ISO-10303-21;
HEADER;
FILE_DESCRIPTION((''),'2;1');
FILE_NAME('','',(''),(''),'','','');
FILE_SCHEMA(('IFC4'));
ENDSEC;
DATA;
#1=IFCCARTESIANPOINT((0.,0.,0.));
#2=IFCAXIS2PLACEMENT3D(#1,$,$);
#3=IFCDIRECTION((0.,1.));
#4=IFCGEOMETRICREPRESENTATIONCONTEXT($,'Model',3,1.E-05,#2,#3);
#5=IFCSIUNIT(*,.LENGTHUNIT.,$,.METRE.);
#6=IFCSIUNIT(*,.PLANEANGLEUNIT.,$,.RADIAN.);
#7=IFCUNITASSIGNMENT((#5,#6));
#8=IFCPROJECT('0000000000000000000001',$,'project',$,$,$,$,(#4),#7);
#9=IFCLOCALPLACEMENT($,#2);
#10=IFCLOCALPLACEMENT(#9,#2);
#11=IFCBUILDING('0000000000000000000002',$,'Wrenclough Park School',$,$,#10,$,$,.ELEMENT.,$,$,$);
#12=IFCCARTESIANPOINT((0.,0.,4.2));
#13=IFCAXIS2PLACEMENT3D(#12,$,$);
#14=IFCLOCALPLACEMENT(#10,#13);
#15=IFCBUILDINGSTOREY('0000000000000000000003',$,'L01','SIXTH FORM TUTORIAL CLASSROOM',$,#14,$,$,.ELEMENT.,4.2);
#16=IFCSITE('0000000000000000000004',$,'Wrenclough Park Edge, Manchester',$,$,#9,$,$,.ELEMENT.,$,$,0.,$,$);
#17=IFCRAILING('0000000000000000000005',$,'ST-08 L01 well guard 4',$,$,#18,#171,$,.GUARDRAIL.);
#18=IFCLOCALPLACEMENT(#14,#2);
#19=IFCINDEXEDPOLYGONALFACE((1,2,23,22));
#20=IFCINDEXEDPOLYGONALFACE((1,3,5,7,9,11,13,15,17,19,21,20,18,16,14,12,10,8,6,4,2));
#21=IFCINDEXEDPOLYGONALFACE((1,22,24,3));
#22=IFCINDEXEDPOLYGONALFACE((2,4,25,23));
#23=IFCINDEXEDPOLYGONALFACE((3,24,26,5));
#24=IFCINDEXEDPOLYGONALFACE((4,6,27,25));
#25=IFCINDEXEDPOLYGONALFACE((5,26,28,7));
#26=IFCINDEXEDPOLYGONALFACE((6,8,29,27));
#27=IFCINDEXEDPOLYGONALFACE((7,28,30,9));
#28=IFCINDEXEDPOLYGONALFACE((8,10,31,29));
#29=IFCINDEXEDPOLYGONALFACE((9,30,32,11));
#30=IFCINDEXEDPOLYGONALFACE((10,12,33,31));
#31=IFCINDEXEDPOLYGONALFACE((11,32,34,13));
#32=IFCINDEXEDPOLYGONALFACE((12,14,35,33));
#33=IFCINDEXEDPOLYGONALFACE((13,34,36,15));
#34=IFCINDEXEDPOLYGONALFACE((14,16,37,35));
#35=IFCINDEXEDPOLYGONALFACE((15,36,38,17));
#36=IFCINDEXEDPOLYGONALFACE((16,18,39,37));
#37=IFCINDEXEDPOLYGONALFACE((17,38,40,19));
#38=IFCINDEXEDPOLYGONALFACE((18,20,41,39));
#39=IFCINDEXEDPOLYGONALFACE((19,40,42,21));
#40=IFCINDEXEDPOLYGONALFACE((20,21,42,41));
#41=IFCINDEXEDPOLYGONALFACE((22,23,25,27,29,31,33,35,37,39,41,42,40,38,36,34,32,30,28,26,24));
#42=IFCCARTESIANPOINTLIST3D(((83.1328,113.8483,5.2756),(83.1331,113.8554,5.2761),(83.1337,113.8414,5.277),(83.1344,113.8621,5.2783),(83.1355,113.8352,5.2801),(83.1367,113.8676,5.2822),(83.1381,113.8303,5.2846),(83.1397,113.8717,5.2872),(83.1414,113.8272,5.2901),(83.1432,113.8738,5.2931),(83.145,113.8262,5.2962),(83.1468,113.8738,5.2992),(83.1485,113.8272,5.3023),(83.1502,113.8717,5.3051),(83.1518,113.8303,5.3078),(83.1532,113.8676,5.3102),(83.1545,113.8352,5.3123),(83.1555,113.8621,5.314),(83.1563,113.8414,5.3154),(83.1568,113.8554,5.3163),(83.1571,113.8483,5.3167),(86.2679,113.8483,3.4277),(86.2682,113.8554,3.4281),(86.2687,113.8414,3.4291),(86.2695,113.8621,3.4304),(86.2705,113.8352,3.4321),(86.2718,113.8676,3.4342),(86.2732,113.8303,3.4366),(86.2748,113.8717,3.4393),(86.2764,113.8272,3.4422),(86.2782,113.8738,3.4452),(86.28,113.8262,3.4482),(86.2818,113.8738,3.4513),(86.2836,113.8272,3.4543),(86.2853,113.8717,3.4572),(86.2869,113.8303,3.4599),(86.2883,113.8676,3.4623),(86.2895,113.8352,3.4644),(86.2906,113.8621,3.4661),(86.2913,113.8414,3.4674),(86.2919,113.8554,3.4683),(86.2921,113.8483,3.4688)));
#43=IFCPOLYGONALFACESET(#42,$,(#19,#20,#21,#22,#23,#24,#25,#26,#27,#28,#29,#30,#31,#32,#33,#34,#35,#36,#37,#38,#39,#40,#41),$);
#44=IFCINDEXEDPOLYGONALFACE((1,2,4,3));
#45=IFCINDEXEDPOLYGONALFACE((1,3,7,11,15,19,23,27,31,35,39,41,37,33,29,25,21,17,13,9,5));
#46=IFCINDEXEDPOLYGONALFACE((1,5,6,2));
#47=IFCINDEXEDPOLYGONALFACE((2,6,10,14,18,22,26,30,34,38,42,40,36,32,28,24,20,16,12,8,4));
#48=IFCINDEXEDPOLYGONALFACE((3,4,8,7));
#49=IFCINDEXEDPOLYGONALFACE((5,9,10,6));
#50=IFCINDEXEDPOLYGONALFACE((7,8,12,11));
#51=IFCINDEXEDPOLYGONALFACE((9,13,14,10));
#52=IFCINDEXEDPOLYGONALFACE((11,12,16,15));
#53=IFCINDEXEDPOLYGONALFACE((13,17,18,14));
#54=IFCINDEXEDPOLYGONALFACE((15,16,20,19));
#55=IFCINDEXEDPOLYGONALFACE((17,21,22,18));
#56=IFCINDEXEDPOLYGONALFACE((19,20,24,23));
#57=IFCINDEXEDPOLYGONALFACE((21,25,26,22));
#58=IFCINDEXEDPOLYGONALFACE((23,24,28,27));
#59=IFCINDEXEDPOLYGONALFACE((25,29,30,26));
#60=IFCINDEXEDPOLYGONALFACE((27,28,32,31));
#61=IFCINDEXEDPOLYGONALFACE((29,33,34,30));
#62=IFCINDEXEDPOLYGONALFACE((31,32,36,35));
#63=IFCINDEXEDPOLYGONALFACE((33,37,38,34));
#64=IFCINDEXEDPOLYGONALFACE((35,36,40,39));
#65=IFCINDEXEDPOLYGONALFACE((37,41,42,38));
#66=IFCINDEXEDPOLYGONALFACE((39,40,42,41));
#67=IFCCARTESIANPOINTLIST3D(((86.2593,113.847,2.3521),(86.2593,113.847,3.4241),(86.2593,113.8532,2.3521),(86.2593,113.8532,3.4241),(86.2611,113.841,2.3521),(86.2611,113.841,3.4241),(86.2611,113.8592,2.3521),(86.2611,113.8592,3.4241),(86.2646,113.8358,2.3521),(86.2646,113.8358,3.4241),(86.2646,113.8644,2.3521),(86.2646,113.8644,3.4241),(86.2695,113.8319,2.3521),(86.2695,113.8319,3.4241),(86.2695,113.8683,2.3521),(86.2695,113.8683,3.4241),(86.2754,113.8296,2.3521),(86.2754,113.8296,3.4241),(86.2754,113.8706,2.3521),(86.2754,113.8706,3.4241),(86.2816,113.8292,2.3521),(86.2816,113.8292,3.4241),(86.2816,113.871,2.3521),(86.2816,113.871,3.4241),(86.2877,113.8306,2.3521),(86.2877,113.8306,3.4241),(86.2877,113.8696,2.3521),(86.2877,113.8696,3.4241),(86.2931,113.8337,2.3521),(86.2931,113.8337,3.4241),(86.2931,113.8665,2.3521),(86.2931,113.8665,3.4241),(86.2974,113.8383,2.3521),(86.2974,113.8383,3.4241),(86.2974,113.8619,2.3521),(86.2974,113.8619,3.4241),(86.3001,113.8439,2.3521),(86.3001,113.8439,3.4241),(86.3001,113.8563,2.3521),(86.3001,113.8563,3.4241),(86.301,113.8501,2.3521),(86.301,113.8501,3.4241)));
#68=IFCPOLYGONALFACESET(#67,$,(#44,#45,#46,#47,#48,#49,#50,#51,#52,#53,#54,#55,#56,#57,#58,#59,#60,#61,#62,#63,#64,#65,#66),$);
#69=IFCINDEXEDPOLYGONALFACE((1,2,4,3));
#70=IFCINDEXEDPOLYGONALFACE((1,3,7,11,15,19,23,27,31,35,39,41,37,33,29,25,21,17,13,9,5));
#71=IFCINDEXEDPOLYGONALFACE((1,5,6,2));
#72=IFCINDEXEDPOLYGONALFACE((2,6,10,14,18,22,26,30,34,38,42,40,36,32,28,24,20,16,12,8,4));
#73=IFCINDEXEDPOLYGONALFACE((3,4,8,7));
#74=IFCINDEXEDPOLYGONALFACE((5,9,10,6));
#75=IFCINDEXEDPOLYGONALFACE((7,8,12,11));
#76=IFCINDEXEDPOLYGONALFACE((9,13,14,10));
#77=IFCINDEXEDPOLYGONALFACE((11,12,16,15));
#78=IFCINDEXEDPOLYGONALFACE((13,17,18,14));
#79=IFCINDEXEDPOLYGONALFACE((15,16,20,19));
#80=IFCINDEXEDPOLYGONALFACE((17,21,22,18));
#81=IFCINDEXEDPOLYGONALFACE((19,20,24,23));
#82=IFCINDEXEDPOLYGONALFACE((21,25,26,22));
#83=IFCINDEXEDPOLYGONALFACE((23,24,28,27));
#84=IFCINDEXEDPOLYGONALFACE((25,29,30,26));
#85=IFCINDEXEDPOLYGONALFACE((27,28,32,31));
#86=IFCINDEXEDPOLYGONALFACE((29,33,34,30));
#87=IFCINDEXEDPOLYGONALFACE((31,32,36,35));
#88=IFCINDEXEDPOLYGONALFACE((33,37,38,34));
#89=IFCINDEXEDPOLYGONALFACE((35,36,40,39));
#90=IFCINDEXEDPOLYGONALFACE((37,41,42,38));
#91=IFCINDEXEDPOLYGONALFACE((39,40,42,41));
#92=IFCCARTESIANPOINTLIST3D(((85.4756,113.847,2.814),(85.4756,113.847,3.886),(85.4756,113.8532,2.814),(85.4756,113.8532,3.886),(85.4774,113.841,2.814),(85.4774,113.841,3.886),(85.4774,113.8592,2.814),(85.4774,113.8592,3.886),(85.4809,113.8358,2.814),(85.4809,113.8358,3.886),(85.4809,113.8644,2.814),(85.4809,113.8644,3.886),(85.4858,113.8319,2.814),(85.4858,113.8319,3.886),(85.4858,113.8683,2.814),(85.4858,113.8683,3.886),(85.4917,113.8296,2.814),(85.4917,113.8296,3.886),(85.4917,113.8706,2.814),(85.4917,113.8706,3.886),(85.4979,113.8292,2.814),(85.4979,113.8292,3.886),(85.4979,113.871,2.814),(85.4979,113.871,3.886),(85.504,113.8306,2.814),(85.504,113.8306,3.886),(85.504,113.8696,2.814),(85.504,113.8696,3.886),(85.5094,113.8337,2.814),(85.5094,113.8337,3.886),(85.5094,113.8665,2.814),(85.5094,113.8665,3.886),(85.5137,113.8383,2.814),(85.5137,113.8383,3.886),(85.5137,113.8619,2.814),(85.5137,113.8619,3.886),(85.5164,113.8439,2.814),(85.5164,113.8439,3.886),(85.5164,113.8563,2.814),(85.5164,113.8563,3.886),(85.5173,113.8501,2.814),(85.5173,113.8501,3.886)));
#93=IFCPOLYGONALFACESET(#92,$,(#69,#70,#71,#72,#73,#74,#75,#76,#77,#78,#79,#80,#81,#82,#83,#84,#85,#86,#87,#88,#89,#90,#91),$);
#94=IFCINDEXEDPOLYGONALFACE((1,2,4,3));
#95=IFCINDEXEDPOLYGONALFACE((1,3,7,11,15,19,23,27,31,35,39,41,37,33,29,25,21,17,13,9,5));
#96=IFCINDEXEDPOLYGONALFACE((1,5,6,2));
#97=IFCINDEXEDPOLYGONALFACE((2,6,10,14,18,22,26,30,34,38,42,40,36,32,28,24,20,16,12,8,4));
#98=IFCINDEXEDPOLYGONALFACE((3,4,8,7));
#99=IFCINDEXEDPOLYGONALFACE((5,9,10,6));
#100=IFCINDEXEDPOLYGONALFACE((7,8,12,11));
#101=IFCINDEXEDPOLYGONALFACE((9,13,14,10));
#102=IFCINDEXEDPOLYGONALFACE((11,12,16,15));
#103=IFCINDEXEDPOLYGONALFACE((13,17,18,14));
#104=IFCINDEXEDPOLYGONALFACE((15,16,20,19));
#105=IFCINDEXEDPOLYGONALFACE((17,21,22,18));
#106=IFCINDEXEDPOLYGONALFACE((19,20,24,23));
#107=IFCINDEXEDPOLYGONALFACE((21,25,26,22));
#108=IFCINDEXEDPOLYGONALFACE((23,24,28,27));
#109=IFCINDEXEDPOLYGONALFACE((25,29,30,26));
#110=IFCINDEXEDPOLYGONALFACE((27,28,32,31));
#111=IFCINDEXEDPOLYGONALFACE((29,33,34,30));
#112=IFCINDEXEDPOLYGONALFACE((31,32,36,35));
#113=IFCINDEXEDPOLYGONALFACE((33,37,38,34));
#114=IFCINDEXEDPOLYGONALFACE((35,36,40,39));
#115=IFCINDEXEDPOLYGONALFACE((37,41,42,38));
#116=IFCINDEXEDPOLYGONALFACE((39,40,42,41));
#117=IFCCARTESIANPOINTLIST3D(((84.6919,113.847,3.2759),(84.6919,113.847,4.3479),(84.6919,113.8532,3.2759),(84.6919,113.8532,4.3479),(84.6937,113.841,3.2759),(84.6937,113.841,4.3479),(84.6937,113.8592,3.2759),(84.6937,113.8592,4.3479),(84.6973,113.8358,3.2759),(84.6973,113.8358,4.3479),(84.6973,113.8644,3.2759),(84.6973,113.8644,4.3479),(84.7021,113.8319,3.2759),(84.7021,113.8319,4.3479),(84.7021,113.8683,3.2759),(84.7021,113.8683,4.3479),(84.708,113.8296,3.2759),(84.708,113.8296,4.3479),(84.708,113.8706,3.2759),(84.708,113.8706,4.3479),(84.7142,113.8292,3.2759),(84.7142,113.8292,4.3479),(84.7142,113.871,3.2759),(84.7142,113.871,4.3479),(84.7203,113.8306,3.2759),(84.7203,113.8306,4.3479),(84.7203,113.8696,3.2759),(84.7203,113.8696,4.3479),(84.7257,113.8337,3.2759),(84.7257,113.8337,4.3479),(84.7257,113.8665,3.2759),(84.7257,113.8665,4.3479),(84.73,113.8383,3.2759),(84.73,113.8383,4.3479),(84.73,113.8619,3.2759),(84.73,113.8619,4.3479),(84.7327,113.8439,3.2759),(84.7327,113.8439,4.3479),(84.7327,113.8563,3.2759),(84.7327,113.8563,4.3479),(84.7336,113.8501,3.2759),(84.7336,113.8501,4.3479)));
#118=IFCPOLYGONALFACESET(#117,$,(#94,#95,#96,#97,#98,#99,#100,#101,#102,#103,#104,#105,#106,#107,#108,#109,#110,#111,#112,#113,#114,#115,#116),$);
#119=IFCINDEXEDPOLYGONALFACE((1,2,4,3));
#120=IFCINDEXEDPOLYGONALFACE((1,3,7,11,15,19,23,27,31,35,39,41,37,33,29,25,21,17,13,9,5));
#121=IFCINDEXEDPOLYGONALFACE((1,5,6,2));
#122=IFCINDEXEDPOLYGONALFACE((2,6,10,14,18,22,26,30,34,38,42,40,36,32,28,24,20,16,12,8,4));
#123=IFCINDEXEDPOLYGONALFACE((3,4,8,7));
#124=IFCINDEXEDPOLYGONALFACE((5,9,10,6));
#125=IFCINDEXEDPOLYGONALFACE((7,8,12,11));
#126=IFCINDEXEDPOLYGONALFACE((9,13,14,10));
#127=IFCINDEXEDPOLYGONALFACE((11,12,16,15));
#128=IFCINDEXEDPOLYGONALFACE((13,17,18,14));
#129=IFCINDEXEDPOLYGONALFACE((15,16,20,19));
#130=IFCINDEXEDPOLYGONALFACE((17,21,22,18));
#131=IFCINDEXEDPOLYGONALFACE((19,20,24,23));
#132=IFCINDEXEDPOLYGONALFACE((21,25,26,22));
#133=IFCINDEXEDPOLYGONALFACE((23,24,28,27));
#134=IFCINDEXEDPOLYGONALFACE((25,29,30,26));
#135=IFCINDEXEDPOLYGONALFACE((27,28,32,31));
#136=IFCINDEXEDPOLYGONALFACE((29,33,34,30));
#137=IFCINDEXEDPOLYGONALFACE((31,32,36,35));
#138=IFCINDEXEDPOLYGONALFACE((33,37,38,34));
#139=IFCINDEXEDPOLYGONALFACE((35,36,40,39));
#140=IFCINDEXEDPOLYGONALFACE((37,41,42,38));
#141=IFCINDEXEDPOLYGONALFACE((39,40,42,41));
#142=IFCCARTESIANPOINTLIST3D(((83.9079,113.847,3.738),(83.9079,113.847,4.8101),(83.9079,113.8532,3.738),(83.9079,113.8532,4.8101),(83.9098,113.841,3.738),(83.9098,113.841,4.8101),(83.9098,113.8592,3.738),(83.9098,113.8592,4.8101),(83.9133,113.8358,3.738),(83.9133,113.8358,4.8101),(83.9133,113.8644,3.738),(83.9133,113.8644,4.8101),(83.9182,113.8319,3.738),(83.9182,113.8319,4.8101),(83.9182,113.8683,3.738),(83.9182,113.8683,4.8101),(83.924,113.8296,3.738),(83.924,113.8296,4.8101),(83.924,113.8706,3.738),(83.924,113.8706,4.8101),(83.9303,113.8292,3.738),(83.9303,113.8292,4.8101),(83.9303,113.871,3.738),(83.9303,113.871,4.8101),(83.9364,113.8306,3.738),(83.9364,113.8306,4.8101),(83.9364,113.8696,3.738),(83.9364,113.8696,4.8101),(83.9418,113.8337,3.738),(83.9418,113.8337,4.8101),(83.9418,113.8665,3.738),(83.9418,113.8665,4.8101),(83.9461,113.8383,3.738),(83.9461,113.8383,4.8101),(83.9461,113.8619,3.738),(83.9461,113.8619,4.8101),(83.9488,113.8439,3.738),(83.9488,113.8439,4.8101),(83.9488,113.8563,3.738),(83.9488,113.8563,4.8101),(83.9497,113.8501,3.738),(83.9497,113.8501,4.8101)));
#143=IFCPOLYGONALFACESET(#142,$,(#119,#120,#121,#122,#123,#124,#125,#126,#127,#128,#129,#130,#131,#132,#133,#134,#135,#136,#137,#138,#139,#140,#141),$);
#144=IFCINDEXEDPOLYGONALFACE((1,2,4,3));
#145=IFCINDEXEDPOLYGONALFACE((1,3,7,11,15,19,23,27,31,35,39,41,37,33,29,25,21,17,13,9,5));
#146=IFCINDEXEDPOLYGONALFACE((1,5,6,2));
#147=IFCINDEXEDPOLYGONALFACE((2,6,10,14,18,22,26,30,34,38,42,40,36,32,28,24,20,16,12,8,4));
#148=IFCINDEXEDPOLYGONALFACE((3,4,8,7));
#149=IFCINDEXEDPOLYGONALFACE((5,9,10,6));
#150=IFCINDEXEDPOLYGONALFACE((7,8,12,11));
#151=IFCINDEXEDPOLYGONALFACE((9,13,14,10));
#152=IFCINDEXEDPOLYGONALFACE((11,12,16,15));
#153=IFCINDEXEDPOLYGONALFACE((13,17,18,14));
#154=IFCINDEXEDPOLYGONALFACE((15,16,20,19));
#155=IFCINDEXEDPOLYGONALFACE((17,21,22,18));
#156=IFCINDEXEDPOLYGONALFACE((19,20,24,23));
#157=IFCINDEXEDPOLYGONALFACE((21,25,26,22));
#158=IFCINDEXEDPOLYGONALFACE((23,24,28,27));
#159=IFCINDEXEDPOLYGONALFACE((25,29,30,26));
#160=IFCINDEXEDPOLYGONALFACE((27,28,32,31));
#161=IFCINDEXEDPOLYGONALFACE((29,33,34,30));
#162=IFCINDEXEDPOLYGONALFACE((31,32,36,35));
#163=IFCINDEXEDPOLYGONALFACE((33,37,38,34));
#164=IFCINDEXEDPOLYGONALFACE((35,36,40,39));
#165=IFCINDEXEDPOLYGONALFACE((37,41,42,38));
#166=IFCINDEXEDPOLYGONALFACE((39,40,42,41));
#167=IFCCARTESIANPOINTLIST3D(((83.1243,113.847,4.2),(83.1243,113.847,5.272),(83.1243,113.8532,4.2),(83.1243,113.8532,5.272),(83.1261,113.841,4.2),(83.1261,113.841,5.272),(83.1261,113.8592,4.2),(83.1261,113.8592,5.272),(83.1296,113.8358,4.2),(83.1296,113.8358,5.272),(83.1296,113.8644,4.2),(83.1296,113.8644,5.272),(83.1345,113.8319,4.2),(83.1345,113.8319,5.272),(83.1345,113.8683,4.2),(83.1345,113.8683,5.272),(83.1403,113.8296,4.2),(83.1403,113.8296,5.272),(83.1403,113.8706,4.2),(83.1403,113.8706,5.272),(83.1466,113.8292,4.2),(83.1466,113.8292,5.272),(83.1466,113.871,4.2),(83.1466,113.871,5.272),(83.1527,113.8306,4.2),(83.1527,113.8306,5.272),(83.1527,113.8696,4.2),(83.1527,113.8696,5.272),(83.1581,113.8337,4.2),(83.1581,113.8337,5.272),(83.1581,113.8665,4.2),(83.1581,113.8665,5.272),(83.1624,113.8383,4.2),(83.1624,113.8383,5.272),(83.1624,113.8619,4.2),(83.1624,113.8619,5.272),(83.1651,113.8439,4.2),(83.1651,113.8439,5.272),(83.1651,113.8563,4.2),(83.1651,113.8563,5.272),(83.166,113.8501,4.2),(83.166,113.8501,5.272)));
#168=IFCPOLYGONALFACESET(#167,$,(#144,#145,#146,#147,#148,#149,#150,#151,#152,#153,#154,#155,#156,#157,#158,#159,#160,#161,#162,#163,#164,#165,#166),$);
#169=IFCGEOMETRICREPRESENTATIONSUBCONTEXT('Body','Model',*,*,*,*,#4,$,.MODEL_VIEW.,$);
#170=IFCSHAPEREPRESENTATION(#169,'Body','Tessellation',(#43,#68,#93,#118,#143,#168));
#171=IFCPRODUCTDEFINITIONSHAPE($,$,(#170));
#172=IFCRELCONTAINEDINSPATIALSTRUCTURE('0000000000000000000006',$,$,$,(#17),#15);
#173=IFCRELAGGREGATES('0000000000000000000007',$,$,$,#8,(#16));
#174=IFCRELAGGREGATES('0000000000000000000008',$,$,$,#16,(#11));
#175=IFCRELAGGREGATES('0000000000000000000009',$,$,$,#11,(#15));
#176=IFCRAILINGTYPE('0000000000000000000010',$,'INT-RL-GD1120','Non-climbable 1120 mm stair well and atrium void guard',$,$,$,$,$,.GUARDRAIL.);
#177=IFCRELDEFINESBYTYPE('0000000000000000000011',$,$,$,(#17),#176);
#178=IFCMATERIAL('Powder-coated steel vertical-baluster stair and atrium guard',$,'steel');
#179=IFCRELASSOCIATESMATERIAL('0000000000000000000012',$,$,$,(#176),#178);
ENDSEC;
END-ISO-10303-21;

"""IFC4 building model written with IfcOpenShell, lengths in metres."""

from ifc_helpers import new_model, si_unit, direction, frame, origin, origin_2d, place, context, subcontext, project, spatial, circle, extrude, material, type_object, element, save


model = new_model("IFC4")

# Units and contexts
model_context = context("Model", 3, precision=1e-05, world=origin(), true_north=direction((0.0, 1.0)))
body_context = subcontext(model_context, "Body", "Model", "MODEL_VIEW")
ifc_project = project(units=[si_unit("LENGTHUNIT", "METRE"), si_unit("PLANEANGLEUNIT", "RADIAN")], contexts=[model_context])

# Site, building, storey
site_placement = place(None, origin())
site = spatial("IfcSite", under=ifc_project, at=site_placement, Name="Wrenclough Park Edge, Manchester", CompositionType="ELEMENT", RefElevation=0.0)
building_placement = place(site_placement, origin())
building = spatial("IfcBuilding", under=site, at=building_placement, Name="Wrenclough Park School", CompositionType="ELEMENT")
storey_placement = place(building_placement, frame((0.0, 0.0, 4.2)))
storey = spatial("IfcBuildingStorey", under=building, at=storey_placement, Name="L01", Description="SIXTH FORM TUTORIAL CLASSROOM", CompositionType="ELEMENT", Elevation=4.2)

# Railing
ifc_material_1 = material(Name="Powder-coated steel vertical-baluster stair and atrium guard", Category="steel")
railing_type_1 = type_object("IfcRailingType", Name="INT-RL-GD1120", Description="Non-climbable 1120 mm stair well and atrium void guard", PredefinedType="GUARDRAIL", material=ifc_material_1)
railing_1_placement = place(storey_placement, frame((86.28, 113.8501, 2.3521)))
element("IfcRailing", 1, at=railing_1_placement, inside=storey, type_object=railing_type_1, Name="ST-08 L01 well guard 4", PredefinedType="GUARDRAIL", context=body_context, shape_type="SweptSolid", body=[
    extrude(circle(Radius=0.0239, at=origin_2d()), frame((0.0, 0.0, 1.0962), z_axis=(-0.86148, 0.0, 0.507791), x_axis=(0.0, -1.0, 0.0)), (0.0, 0.0, 1.0), 3.6392),
    extrude(circle(Radius=0.021, at=origin_2d()), origin(), (0.0, 0.0, 1.0), 1.072),
    extrude(circle(Radius=0.021, at=origin_2d()), frame((-0.7837, 0.0, 0.4619)), (0.0, 0.0, 1.0), 1.072),
    extrude(circle(Radius=0.021, at=origin_2d()), frame((-1.5674, 0.0, 0.9238)), (0.0, 0.0, 1.0), 1.072),
    extrude(circle(Radius=0.021, at=origin_2d()), frame((-2.3513, 0.0, 1.386)), (0.0, 0.0, 1.0), 1.072),
    extrude(circle(Radius=0.021, at=origin_2d()), frame((-3.135, 0.0, 1.8479)), (0.0, 0.0, 1.0), 1.072),
])

save(model, "model.ifc")
